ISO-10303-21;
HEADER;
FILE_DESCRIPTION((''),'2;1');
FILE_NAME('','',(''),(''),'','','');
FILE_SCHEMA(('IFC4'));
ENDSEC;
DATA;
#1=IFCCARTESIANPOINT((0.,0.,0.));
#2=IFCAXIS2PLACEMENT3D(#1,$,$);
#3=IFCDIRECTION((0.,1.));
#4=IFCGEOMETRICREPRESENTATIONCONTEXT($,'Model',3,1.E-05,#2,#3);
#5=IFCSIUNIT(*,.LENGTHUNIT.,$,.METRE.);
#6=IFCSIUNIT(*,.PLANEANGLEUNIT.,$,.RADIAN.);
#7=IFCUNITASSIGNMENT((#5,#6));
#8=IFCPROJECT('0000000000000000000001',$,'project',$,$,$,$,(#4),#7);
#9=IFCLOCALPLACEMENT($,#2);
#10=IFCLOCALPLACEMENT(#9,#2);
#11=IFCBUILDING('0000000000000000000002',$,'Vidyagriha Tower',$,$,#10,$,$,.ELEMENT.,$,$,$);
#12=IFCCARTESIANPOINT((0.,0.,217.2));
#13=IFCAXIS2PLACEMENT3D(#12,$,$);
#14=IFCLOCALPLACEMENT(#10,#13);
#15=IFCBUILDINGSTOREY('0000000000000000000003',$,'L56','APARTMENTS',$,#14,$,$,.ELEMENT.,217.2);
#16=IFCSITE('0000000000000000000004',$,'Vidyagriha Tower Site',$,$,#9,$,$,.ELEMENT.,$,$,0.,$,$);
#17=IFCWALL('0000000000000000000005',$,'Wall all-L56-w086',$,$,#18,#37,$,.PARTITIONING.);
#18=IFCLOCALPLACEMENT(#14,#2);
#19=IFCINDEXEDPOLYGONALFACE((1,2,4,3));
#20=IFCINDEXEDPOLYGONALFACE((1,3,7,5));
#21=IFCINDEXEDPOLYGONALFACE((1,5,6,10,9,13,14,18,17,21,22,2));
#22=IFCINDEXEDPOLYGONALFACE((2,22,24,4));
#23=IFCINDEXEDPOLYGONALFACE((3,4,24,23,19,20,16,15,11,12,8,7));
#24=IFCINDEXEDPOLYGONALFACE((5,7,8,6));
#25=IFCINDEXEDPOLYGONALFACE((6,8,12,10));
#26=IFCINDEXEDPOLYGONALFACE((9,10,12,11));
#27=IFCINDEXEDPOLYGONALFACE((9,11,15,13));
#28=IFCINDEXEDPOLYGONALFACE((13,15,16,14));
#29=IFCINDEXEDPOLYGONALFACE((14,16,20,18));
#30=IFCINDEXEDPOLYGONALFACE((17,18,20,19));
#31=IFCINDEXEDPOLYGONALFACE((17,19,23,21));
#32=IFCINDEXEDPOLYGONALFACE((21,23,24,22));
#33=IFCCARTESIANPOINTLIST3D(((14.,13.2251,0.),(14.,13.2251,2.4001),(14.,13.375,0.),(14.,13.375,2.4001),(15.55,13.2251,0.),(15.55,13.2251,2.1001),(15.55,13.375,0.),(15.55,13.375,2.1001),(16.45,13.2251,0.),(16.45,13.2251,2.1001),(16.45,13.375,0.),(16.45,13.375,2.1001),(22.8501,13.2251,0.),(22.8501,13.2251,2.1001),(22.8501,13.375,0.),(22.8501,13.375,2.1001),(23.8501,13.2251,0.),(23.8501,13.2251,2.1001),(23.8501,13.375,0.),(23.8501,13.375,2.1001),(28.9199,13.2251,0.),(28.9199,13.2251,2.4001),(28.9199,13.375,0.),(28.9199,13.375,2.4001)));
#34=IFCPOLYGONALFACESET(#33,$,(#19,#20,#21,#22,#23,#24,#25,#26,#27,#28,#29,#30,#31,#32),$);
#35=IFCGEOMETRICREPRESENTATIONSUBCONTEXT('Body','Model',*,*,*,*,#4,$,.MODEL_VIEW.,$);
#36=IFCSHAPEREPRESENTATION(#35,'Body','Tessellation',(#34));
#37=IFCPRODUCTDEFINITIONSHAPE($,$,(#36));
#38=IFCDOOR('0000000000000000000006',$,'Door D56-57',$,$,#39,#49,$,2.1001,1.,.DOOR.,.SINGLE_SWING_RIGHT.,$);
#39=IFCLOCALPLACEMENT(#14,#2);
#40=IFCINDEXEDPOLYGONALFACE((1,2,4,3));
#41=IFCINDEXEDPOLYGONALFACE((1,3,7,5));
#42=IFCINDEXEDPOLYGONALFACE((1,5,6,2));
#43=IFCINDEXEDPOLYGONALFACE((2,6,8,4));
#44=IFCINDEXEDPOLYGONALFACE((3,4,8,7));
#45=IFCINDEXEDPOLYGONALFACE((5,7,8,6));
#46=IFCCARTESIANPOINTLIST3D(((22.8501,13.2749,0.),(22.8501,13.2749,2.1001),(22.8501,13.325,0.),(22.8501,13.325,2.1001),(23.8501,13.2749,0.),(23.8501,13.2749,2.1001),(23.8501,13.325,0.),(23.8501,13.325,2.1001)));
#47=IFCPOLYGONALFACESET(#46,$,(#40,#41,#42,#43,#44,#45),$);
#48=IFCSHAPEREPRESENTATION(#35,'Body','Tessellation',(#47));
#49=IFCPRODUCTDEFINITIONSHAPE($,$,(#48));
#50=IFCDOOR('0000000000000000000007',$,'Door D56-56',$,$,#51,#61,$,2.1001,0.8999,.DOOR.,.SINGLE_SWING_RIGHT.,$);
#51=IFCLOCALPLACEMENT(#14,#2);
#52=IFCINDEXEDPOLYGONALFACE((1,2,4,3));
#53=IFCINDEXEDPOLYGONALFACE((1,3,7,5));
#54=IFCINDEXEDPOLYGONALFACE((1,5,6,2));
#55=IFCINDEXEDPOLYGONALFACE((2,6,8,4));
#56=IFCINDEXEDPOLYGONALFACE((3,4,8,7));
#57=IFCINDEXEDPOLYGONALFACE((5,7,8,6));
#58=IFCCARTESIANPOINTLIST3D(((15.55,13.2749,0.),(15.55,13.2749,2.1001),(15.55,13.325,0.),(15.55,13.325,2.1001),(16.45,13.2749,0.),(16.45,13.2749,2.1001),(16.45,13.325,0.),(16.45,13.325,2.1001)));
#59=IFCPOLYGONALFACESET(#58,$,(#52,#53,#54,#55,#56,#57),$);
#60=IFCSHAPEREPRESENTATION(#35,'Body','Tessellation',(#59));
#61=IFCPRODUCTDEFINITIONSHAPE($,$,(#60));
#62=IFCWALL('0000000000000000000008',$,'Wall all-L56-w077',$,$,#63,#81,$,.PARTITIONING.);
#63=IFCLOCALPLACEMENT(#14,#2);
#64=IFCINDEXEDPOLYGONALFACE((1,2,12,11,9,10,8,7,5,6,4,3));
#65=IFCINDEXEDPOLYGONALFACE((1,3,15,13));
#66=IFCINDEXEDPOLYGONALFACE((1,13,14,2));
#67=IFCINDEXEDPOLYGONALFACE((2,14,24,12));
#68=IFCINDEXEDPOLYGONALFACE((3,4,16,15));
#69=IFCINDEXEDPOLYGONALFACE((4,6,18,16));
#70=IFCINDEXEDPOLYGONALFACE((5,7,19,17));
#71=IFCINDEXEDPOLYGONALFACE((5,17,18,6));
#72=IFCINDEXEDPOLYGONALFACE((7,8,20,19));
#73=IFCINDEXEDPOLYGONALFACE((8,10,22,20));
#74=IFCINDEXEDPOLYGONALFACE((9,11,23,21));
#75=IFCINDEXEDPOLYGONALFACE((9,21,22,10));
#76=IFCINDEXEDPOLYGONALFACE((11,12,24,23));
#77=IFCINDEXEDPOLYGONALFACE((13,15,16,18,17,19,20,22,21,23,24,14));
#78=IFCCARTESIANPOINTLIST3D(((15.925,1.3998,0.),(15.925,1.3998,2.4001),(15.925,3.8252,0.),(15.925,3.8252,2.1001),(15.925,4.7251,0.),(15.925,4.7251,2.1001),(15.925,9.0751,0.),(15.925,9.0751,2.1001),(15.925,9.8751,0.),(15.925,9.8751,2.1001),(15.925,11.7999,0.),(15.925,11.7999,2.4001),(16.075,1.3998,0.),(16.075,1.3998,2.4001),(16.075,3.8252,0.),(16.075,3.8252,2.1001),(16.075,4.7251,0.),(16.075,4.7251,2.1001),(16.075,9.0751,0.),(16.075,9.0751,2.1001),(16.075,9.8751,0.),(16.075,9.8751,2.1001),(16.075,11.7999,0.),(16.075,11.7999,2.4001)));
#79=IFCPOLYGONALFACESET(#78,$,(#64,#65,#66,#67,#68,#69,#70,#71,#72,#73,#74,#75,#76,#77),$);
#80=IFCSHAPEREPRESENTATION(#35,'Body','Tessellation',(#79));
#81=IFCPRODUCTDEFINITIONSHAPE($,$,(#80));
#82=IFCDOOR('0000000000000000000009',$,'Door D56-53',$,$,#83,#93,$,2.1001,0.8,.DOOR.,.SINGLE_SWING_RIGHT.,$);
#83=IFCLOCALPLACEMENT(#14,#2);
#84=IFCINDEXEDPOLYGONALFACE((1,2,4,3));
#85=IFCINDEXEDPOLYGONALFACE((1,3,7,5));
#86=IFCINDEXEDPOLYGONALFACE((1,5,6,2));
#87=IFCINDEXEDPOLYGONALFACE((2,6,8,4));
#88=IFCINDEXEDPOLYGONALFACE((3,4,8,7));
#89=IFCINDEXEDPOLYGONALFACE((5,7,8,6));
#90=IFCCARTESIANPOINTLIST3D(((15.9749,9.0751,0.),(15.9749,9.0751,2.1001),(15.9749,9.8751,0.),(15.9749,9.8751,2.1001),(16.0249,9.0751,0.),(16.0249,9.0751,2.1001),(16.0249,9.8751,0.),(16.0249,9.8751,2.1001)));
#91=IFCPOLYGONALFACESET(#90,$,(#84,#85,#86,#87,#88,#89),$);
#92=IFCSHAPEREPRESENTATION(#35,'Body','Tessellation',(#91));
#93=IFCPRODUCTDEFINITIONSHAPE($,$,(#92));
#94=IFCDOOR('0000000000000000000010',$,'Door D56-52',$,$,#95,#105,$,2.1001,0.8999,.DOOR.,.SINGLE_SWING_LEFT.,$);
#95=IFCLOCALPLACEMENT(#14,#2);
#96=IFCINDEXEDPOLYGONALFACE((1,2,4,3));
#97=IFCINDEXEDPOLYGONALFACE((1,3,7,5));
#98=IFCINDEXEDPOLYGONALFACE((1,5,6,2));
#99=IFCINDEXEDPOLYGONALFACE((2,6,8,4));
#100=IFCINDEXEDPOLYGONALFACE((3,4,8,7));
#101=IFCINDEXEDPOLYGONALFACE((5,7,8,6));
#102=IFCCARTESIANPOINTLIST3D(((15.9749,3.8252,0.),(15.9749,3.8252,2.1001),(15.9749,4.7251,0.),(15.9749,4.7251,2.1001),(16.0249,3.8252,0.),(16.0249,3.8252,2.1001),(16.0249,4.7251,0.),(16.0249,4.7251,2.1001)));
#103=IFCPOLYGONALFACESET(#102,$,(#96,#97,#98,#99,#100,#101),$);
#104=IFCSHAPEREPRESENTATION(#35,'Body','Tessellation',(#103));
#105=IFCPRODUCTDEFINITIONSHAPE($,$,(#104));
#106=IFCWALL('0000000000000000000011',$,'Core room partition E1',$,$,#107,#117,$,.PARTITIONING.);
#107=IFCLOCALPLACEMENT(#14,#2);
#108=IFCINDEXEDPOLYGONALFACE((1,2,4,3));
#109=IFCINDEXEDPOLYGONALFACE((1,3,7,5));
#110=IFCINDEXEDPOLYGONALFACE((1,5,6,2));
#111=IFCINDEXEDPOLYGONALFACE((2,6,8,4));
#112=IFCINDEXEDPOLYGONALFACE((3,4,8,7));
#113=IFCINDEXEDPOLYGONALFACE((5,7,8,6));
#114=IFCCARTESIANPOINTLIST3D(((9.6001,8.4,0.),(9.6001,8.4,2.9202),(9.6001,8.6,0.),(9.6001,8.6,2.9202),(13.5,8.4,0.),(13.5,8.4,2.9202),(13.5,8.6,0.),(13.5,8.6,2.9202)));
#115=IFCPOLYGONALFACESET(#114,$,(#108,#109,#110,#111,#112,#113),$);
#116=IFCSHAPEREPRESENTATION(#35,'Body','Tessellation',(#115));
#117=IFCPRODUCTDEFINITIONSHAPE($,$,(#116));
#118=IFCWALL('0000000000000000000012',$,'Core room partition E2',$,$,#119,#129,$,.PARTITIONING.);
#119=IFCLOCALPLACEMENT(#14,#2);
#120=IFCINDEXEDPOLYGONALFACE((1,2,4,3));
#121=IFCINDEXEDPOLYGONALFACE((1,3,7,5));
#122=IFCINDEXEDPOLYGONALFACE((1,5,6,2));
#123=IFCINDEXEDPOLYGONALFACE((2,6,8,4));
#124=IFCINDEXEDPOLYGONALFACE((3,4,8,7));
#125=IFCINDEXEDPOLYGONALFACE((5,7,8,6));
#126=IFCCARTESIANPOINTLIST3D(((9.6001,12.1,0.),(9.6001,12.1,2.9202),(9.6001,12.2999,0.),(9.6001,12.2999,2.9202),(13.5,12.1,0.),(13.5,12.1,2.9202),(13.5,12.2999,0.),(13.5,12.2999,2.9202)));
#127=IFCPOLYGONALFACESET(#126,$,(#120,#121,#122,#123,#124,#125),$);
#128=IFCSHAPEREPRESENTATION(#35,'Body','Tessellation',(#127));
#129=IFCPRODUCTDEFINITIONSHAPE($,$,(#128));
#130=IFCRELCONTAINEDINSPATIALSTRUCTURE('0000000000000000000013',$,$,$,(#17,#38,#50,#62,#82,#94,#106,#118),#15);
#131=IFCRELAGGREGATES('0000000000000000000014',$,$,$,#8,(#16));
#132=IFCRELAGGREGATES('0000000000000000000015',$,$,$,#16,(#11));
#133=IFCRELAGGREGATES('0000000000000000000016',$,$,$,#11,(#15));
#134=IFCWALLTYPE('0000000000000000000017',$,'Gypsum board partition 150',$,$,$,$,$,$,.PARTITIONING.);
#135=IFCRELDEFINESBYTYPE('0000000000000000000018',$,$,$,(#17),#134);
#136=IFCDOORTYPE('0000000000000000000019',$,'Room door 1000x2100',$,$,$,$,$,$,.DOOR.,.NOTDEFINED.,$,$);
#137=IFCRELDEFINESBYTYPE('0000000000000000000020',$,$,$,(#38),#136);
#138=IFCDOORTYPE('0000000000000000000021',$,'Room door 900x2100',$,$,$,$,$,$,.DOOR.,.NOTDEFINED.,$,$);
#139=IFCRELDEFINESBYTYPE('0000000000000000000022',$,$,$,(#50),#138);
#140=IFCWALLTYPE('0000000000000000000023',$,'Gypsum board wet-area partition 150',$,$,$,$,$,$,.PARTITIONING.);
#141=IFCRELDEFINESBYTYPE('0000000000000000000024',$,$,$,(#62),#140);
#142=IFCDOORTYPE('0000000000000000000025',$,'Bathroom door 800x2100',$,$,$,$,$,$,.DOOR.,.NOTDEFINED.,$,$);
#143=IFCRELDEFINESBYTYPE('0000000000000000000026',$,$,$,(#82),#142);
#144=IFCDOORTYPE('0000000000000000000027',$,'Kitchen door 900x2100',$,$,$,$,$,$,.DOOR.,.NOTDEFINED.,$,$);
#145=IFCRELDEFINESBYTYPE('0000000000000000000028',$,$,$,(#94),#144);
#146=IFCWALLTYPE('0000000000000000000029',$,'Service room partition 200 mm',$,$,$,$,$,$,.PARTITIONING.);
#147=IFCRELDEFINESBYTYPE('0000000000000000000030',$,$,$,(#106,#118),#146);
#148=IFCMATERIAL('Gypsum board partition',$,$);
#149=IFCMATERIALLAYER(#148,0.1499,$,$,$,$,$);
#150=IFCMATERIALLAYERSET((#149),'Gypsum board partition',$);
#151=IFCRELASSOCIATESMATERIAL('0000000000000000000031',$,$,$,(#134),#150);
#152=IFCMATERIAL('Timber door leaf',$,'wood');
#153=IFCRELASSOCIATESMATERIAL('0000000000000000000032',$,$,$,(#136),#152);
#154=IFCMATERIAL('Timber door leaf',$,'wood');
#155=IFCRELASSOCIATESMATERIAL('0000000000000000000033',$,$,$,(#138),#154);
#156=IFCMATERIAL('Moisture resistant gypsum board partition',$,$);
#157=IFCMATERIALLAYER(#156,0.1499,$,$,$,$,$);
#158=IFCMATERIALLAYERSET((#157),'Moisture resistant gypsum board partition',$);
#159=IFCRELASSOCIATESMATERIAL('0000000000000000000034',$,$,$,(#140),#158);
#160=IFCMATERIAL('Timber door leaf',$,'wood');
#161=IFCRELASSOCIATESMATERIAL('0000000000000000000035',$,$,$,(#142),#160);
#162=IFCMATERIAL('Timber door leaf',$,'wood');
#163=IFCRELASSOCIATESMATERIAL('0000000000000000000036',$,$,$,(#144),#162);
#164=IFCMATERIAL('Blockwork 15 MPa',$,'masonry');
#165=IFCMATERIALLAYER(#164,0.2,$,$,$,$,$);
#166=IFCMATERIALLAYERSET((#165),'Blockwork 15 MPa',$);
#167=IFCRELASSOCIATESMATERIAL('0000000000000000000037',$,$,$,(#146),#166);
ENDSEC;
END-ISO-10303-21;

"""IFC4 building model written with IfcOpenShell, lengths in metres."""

from ifc_helpers import new_model, si_unit, direction, frame, frame_2d, origin, place, context, subcontext, project, spatial, rectangle, extrude, material, layer, layer_set, type_object, element, fill, save


model = new_model("IFC4")

# Units and contexts
model_context = context("Model", 3, precision=1e-05, world=origin(), true_north=direction((0.0, 1.0)))
body_context = subcontext(model_context, "Body", "Model", "MODEL_VIEW")
ifc_project = project(units=[si_unit("LENGTHUNIT", "METRE"), si_unit("PLANEANGLEUNIT", "RADIAN")], contexts=[model_context])

# Site, building, storey
site_placement = place(None, origin())
site = spatial("IfcSite", under=ifc_project, at=site_placement, Name="Vidyagriha Tower Site", CompositionType="ELEMENT", RefElevation=0.0)
building_placement = place(site_placement, origin())
building = spatial("IfcBuilding", under=site, at=building_placement, Name="Vidyagriha Tower", CompositionType="ELEMENT")
storey_placement = place(building_placement, frame((0.0, 0.0, 217.2)))
storey = spatial("IfcBuildingStorey", under=building, at=storey_placement, Name="L56", Description="APARTMENTS", CompositionType="ELEMENT", Elevation=217.2)

# Shared definitions
ifc_material_1 = material(Name="Gypsum board partition")
ifc_layer_1 = layer(ifc_material_1, 0.1499)
ifc_layer_set_1 = layer_set([ifc_layer_1], Name="Gypsum board partition")
wall_type_1 = type_object("IfcWallType", Name="Gypsum board partition 150", PredefinedType="PARTITIONING", material=ifc_layer_set_1)

# Walls, openings, doors
wall_1_placement = place(storey_placement, frame((14.0, 13.3, 0.0)))
wall_1 = element("IfcWall", 1, at=wall_1_placement, inside=storey, type_object=wall_type_1, Name="Wall all-L56-w086", PredefinedType="PARTITIONING", context=body_context, shape_type="SweptSolid", body=[
    extrude(rectangle(XDim=14.9199, YDim=0.1499, at=frame_2d((7.46, 0.0))), origin(), (0.0, 0.0, 1.0), 2.4001),
])
opening_1_placement = place(wall_1_placement, frame((1.55, 0.0, 0.0)))
opening_1 = element("IfcOpeningElement", 2, at=opening_1_placement, cuts=wall_1, PredefinedType="OPENING", context=body_context, shape_type="SweptSolid", body=[
    extrude(rectangle(XDim=0.8999, YDim=2.1001, at=frame_2d((0.45, 1.05))), frame((0.0, 0.085, 0.0), z_axis=(0.0, -1.0, 0.0), x_axis=(1.0, 0.0, 0.0)), (0.0, 0.0, 1.0), 0.1699),
])
opening_2_placement = place(wall_1_placement, frame((8.8501, 0.0, 0.0)))
opening_2 = element("IfcOpeningElement", 3, at=opening_2_placement, cuts=wall_1, PredefinedType="OPENING", context=body_context, shape_type="SweptSolid", body=[
    extrude(rectangle(XDim=1.0, YDim=2.1001, at=frame_2d((0.5, 1.05))), frame((0.0, 0.085, 0.0), z_axis=(0.0, -1.0, 0.0), x_axis=(1.0, 0.0, 0.0)), (0.0, 0.0, 1.0), 0.1699),
])
ifc_material_2 = material(Name="Timber door leaf", Category="wood")
door_type_1 = type_object("IfcDoorType", Name="Room door 1000x2100", OperationType="NOTDEFINED", PredefinedType="DOOR", material=ifc_material_2)
door_1_placement = place(opening_2_placement, origin())
door_1 = element("IfcDoor", 4, at=door_1_placement, inside=storey, type_object=door_type_1, Name="Door D56-57", OperationType="SINGLE_SWING_RIGHT", OverallHeight=2.1001, OverallWidth=1.0, PredefinedType="DOOR", context=body_context, shape_type="SweptSolid", body=[
    extrude(rectangle(XDim=1.0, YDim=2.1001, at=frame_2d((0.5, 1.05))), frame((0.0, 0.0249, 0.0), z_axis=(0.0, -1.0, 0.0), x_axis=(1.0, 0.0, 0.0)), (0.0, 0.0, 1.0), 0.05),
])
fill(opening_2, door_1)
ifc_material_3 = material(Name="Timber door leaf", Category="wood")
door_type_2 = type_object("IfcDoorType", Name="Room door 900x2100", OperationType="NOTDEFINED", PredefinedType="DOOR", material=ifc_material_3)
door_2_placement = place(opening_1_placement, origin())
door_2 = element("IfcDoor", 5, at=door_2_placement, inside=storey, type_object=door_type_2, Name="Door D56-56", OperationType="SINGLE_SWING_RIGHT", OverallHeight=2.1001, OverallWidth=0.8999, PredefinedType="DOOR", context=body_context, shape_type="SweptSolid", body=[
    extrude(rectangle(XDim=0.8999, YDim=2.1001, at=frame_2d((0.45, 1.05))), frame((0.0, 0.0249, 0.0), z_axis=(0.0, -1.0, 0.0), x_axis=(1.0, 0.0, 0.0)), (0.0, 0.0, 1.0), 0.05),
])
fill(opening_1, door_2)
ifc_material_4 = material(Name="Moisture resistant gypsum board partition")
ifc_layer_2 = layer(ifc_material_4, 0.1499)
ifc_layer_set_2 = layer_set([ifc_layer_2], Name="Moisture resistant gypsum board partition")
wall_type_2 = type_object("IfcWallType", Name="Gypsum board wet-area partition 150", PredefinedType="PARTITIONING", material=ifc_layer_set_2)
wall_2_placement = place(storey_placement, frame((16.0, 11.8, 0.0), z_axis=(0.0, 0.0, 1.0), x_axis=(0.0, -1.0, 0.0)))
wall_2 = element("IfcWall", 6, at=wall_2_placement, inside=storey, type_object=wall_type_2, Name="Wall all-L56-w077", PredefinedType="PARTITIONING", context=body_context, shape_type="SweptSolid", body=[
    extrude(rectangle(XDim=10.4001, YDim=0.1499, at=frame_2d((5.2002, 0.0))), origin(), (0.0, 0.0, 1.0), 2.4001),
])
opening_3_placement = place(wall_2_placement, frame((7.075, 0.0, 0.0)))
opening_3 = element("IfcOpeningElement", 7, at=opening_3_placement, cuts=wall_2, PredefinedType="OPENING", context=body_context, shape_type="SweptSolid", body=[
    extrude(rectangle(XDim=0.8999, YDim=2.1001, at=frame_2d((0.45, 1.05))), frame((0.0, 0.085, 0.0), z_axis=(0.0, -1.0, 0.0), x_axis=(1.0, 0.0, 0.0)), (0.0, 0.0, 1.0), 0.1699),
])
opening_4_placement = place(wall_2_placement, frame((1.925, 0.0, 0.0)))
opening_4 = element("IfcOpeningElement", 8, at=opening_4_placement, cuts=wall_2, PredefinedType="OPENING", context=body_context, shape_type="SweptSolid", body=[
    extrude(rectangle(XDim=0.8, YDim=2.1001, at=frame_2d((0.3999, 1.05))), frame((0.0, 0.085, 0.0), z_axis=(0.0, -1.0, 0.0), x_axis=(1.0, 0.0, 0.0)), (0.0, 0.0, 1.0), 0.1699),
])
ifc_material_5 = material(Name="Timber door leaf", Category="wood")
door_type_3 = type_object("IfcDoorType", Name="Bathroom door 800x2100", OperationType="NOTDEFINED", PredefinedType="DOOR", material=ifc_material_5)
door_3_placement = place(opening_4_placement, origin())
door_3 = element("IfcDoor", 9, at=door_3_placement, inside=storey, type_object=door_type_3, Name="Door D56-53", OperationType="SINGLE_SWING_RIGHT", OverallHeight=2.1001, OverallWidth=0.8, PredefinedType="DOOR", context=body_context, shape_type="SweptSolid", body=[
    extrude(rectangle(XDim=0.8, YDim=2.1001, at=frame_2d((0.3999, 1.05))), frame((0.0, 0.0249, 0.0), z_axis=(0.0, -1.0, 0.0), x_axis=(1.0, 0.0, 0.0)), (0.0, 0.0, 1.0), 0.05),
])
fill(opening_4, door_3)
ifc_material_6 = material(Name="Timber door leaf", Category="wood")
door_type_4 = type_object("IfcDoorType", Name="Kitchen door 900x2100", OperationType="NOTDEFINED", PredefinedType="DOOR", material=ifc_material_6)
door_4_placement = place(opening_3_placement, origin())
door_4 = element("IfcDoor", 10, at=door_4_placement, inside=storey, type_object=door_type_4, Name="Door D56-52", OperationType="SINGLE_SWING_LEFT", OverallHeight=2.1001, OverallWidth=0.8999, PredefinedType="DOOR", context=body_context, shape_type="SweptSolid", body=[
    extrude(rectangle(XDim=0.8999, YDim=2.1001, at=frame_2d((0.45, 1.05))), frame((0.0, 0.0249, 0.0), z_axis=(0.0, -1.0, 0.0), x_axis=(1.0, 0.0, 0.0)), (0.0, 0.0, 1.0), 0.05),
])
fill(opening_3, door_4)

# Walls
ifc_material_7 = material(Name="Blockwork 15 MPa", Category="masonry")
ifc_layer_3 = layer(ifc_material_7, 0.2)
ifc_layer_set_3 = layer_set([ifc_layer_3], Name="Blockwork 15 MPa")
wall_type_3 = type_object("IfcWallType", Name="Service room partition 200 mm", PredefinedType="PARTITIONING", material=ifc_layer_set_3)
for number, where, name in (
    (11, (9.6001, 8.5, 0.0), "Core room partition E1"),
    (12, (9.6001, 12.2, 0.0), "Core room partition E2"),
):
    element("IfcWall", number, at=place(storey_placement, frame(where)), inside=storey, type_object=wall_type_3, Name=name, PredefinedType="PARTITIONING", context=body_context, shape_type="SweptSolid", body=[
        extrude(rectangle(XDim=3.8999, YDim=0.2, at=frame_2d((1.95, 0.0))), origin(), (0.0, 0.0, 1.0), 2.9202),
    ])

save(model, "model.ifc")
